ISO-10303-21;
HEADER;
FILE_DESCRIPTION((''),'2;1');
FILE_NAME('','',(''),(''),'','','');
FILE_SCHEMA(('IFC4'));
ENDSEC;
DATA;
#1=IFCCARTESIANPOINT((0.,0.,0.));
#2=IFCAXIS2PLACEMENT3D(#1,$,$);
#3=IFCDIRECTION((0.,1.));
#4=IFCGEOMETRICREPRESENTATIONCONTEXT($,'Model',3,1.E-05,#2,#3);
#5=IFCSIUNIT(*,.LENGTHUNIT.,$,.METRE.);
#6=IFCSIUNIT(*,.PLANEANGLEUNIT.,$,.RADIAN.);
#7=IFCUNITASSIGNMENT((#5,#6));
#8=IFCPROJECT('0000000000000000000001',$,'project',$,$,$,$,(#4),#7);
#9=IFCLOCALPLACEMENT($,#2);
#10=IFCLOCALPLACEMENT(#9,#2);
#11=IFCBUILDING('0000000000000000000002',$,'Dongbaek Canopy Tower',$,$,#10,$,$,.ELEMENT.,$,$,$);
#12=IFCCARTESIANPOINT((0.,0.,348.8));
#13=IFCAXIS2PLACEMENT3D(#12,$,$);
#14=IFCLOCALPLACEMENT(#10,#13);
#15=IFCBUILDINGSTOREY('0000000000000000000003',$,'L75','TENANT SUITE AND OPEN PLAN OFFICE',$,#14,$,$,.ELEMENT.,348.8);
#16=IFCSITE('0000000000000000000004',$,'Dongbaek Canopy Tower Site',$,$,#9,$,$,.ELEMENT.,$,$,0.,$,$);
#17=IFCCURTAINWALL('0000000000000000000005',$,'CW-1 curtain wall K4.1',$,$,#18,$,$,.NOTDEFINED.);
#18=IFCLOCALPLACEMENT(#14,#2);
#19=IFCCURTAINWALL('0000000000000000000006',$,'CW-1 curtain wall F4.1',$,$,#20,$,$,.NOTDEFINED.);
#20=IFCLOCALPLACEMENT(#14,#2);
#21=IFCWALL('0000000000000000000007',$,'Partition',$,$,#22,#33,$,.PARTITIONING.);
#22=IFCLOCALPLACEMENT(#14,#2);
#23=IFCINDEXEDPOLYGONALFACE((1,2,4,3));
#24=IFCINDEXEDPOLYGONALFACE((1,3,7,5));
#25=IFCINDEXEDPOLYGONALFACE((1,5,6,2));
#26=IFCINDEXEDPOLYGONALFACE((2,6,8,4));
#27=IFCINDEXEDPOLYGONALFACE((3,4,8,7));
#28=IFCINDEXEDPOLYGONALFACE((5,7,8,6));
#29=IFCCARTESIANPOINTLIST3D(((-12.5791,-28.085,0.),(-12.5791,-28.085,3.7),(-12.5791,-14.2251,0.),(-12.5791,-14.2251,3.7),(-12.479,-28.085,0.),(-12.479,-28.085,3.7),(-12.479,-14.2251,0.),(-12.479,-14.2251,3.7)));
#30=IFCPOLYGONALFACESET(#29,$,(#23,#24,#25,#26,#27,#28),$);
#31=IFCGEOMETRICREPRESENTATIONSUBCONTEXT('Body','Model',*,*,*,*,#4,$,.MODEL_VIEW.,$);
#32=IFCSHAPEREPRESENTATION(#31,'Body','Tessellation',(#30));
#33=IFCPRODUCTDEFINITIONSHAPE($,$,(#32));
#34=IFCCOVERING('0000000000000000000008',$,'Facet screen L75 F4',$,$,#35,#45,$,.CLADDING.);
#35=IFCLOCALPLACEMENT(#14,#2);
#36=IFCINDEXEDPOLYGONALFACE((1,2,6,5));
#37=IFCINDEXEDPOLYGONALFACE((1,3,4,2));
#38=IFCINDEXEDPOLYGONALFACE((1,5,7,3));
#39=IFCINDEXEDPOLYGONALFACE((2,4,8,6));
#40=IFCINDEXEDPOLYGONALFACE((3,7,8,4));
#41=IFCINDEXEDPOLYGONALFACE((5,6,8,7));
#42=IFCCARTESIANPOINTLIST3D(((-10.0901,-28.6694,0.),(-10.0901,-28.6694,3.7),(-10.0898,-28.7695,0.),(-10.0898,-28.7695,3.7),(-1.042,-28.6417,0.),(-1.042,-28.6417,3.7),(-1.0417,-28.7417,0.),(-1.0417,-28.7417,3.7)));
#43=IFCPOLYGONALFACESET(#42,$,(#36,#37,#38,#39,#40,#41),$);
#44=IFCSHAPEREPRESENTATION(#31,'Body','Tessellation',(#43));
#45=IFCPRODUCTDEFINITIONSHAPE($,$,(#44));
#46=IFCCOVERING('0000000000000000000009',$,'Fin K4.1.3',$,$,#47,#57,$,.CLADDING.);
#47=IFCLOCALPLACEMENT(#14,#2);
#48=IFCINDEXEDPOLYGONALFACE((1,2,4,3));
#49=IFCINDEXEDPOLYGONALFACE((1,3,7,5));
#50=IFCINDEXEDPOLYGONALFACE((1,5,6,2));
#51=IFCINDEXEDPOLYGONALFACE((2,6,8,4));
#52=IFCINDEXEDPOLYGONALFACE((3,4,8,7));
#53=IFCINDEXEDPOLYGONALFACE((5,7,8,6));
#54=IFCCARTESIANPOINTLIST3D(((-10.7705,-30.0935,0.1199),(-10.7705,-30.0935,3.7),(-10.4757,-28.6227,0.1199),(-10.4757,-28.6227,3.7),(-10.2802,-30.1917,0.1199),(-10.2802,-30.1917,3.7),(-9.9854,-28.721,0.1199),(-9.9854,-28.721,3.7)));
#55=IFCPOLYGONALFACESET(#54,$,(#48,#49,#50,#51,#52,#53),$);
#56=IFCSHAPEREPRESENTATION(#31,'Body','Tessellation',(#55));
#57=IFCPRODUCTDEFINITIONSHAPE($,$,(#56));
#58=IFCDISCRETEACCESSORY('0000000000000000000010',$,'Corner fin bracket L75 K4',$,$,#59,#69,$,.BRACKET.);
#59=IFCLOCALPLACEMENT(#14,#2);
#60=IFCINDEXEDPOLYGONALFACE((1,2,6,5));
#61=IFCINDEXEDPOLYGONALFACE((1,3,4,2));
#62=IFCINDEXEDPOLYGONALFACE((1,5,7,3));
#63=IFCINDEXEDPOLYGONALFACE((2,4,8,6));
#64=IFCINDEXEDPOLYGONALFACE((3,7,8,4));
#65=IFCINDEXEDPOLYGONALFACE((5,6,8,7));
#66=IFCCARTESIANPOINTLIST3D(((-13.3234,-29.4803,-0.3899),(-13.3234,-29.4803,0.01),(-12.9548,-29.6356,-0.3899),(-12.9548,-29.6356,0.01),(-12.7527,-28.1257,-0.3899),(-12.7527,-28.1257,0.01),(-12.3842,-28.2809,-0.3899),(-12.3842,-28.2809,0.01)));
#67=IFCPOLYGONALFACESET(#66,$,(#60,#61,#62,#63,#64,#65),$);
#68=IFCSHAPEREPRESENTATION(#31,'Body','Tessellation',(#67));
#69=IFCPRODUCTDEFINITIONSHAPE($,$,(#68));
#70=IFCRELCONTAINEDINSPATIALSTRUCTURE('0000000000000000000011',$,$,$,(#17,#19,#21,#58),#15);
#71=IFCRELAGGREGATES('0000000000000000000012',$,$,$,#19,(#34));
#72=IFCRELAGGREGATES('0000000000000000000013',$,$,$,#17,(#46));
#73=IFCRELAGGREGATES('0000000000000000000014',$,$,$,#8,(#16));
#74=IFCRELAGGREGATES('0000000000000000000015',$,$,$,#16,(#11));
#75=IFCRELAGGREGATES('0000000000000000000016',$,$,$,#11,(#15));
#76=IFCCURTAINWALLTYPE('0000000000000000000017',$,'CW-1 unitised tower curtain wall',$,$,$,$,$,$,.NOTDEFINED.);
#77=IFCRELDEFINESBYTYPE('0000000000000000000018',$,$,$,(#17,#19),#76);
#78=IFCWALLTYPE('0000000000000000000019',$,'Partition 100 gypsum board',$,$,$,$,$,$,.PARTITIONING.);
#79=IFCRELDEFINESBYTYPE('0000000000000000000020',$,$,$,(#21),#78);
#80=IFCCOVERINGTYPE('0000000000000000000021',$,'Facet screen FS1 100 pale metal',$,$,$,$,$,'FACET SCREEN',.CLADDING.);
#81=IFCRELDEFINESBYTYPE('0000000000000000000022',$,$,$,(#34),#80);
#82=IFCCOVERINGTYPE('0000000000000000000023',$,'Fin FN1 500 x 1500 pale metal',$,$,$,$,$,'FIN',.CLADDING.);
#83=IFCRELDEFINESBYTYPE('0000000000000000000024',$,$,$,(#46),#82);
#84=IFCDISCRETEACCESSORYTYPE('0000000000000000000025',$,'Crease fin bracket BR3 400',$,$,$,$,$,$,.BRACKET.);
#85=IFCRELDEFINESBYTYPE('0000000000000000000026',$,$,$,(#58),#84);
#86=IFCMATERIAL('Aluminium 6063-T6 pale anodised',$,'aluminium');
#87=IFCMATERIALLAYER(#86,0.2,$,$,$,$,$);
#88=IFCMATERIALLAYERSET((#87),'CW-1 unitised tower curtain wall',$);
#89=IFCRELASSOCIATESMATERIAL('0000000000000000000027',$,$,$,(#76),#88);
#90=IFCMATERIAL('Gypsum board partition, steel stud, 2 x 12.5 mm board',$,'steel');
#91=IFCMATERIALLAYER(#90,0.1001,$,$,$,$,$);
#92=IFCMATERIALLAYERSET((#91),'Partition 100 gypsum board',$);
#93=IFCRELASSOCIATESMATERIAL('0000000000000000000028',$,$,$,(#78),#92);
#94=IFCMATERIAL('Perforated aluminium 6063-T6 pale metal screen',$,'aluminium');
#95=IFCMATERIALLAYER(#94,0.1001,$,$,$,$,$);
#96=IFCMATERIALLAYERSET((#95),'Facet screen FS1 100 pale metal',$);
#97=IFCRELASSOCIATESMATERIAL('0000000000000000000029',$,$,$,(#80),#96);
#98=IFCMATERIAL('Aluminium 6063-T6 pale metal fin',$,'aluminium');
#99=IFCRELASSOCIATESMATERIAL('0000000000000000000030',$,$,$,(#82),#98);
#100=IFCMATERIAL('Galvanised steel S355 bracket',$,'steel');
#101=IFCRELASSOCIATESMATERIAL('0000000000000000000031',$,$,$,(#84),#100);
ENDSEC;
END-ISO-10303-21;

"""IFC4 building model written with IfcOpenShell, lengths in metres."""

from ifc_helpers import new_model, si_unit, direction, frame, frame_2d, origin, origin_2d, place, context, subcontext, project, spatial, rectangle, extrude, material, layer, layer_set, material_profile, profile_set, type_object, element, aggregate, save


model = new_model("IFC4")

# Units and contexts
model_context = context("Model", 3, precision=1e-05, world=origin(), true_north=direction((0.0, 1.0)))
body_context = subcontext(model_context, "Body", "Model", "MODEL_VIEW")
ifc_project = project(units=[si_unit("LENGTHUNIT", "METRE"), si_unit("PLANEANGLEUNIT", "RADIAN")], contexts=[model_context])

# Site, building, storey
site_placement = place(None, origin())
site = spatial("IfcSite", under=ifc_project, at=site_placement, Name="Dongbaek Canopy Tower Site", CompositionType="ELEMENT", RefElevation=0.0)
building_placement = place(site_placement, origin())
building = spatial("IfcBuilding", under=site, at=building_placement, Name="Dongbaek Canopy Tower", CompositionType="ELEMENT")
storey_placement = place(building_placement, frame((0.0, 0.0, 348.8)))
storey = spatial("IfcBuildingStorey", under=building, at=storey_placement, Name="L75", Description="TENANT SUITE AND OPEN PLAN OFFICE", CompositionType="ELEMENT", Elevation=348.8)

# Curtain walls
ifc_material_1 = material(Name="Aluminium 6063-T6 pale anodised", Category="aluminium")
ifc_layer_1 = layer(ifc_material_1, 0.2)
ifc_layer_set_1 = layer_set([ifc_layer_1], Name="CW-1 unitised tower curtain wall")
curtain_wall_type = type_object("IfcCurtainWallType", Name="CW-1 unitised tower curtain wall", PredefinedType="NOTDEFINED", material=ifc_layer_set_1)
curtain_wall_1_placement = place(storey_placement, origin())
curtain_wall_1 = element("IfcCurtainWall", 1, at=curtain_wall_1_placement, inside=storey, type_object=curtain_wall_type, Name="CW-1 curtain wall K4.1", PredefinedType="NOTDEFINED")
curtain_wall_2_placement = place(storey_placement, origin())
curtain_wall_2 = element("IfcCurtainWall", 2, at=curtain_wall_2_placement, inside=storey, type_object=curtain_wall_type, Name="CW-1 curtain wall F4.1", PredefinedType="NOTDEFINED")

# Wall
ifc_material_2 = material(Name="Gypsum board partition, steel stud, 2 x 12.5 mm board", Category="steel")
ifc_layer_2 = layer(ifc_material_2, 0.1001)
ifc_layer_set_2 = layer_set([ifc_layer_2], Name="Partition 100 gypsum board")
wall_type_1 = type_object("IfcWallType", Name="Partition 100 gypsum board", PredefinedType="PARTITIONING", material=ifc_layer_set_2)
wall_1_placement = place(storey_placement, frame((-12.5291, -28.085, 0.0), z_axis=(0.0, 0.0, 1.0), x_axis=(0.0, 1.0, 0.0)))
element("IfcWall", 3, at=wall_1_placement, inside=storey, type_object=wall_type_1, Name="Partition", PredefinedType="PARTITIONING", context=body_context, shape_type="SweptSolid", body=[
    extrude(rectangle(XDim=13.8599, YDim=0.1001, at=frame_2d((6.9299, 0.0))), origin(), (0.0, 0.0, 1.0), 3.7),
])

# Coverings
ifc_material_3 = material(Name="Perforated aluminium 6063-T6 pale metal screen", Category="aluminium")
ifc_layer_3 = layer(ifc_material_3, 0.1001)
ifc_layer_set_3 = layer_set([ifc_layer_3], Name="Facet screen FS1 100 pale metal")
covering_type_1 = type_object("IfcCoveringType", Name="Facet screen FS1 100 pale metal", ElementType="FACET SCREEN", PredefinedType="CLADDING", material=ifc_layer_set_3)
covering_1_placement = place(storey_placement, frame((-5.5659, -28.7056, 0.0), z_axis=(0.0, 0.0, 1.0), x_axis=(0.999995, 0.003065, 0.0)))
covering_1 = element("IfcCovering", 4, at=covering_1_placement, type_object=covering_type_1, Name="Facet screen L75 F4", PredefinedType="CLADDING", context=body_context, shape_type="SweptSolid", body=[
    extrude(rectangle(XDim=9.0481, YDim=0.1001, at=origin_2d()), origin(), (0.0, 0.0, 1.0), 3.7),
])
aggregate(curtain_wall_2, [covering_1])
ifc_material_4 = material(Name="Aluminium 6063-T6 pale metal fin", Category="aluminium")
ifc_material_profile_1 = material_profile(ifc_material_4, rectangle(XDim=1.5, YDim=0.5, at=origin_2d()), Name="Fin FN1 500 x 1500 pale metal")
ifc_profile_set_1 = profile_set([ifc_material_profile_1], Name="Aluminium 6063-T6 pale metal fin")
covering_type_2 = type_object("IfcCoveringType", Name="Fin FN1 500 x 1500 pale metal", ElementType="FIN", PredefinedType="CLADDING", material=ifc_profile_set_1)
covering_2_placement = place(storey_placement, frame((-10.3779, -29.4072, 0.1199), z_axis=(0.0, 0.0, 1.0), x_axis=(-0.19653, -0.980498, 0.0)))
covering_2 = element("IfcCovering", 5, at=covering_2_placement, type_object=covering_type_2, Name="Fin K4.1.3", PredefinedType="CLADDING", context=body_context, shape_type="SweptSolid", body=[
    extrude(rectangle(XDim=1.5, YDim=0.5, at=origin_2d()), origin(), (0.0, 0.0, 1.0), 3.5801),
])
aggregate(curtain_wall_1, [covering_2])

# Discrete accessory
ifc_material_5 = material(Name="Galvanised steel S355 bracket", Category="steel")
discrete_accessory_type = type_object("IfcDiscreteAccessoryType", Name="Crease fin bracket BR3 400", PredefinedType="BRACKET", material=ifc_material_5)
discrete_accessory_placement = place(storey_placement, frame((-12.8538, -28.8806, -0.3899), z_axis=(0.0, 0.0, 1.0), x_axis=(-0.38822, -0.921567, 0.0)))
element("IfcDiscreteAccessory", 6, at=discrete_accessory_placement, inside=storey, type_object=discrete_accessory_type, Name="Corner fin bracket L75 K4", PredefinedType="BRACKET", context=body_context, shape_type="SweptSolid", body=[
    extrude(rectangle(XDim=1.47, YDim=0.3999, at=origin_2d()), origin(), (0.0, 0.0, 1.0), 0.3999),
])

save(model, "model.ifc")
